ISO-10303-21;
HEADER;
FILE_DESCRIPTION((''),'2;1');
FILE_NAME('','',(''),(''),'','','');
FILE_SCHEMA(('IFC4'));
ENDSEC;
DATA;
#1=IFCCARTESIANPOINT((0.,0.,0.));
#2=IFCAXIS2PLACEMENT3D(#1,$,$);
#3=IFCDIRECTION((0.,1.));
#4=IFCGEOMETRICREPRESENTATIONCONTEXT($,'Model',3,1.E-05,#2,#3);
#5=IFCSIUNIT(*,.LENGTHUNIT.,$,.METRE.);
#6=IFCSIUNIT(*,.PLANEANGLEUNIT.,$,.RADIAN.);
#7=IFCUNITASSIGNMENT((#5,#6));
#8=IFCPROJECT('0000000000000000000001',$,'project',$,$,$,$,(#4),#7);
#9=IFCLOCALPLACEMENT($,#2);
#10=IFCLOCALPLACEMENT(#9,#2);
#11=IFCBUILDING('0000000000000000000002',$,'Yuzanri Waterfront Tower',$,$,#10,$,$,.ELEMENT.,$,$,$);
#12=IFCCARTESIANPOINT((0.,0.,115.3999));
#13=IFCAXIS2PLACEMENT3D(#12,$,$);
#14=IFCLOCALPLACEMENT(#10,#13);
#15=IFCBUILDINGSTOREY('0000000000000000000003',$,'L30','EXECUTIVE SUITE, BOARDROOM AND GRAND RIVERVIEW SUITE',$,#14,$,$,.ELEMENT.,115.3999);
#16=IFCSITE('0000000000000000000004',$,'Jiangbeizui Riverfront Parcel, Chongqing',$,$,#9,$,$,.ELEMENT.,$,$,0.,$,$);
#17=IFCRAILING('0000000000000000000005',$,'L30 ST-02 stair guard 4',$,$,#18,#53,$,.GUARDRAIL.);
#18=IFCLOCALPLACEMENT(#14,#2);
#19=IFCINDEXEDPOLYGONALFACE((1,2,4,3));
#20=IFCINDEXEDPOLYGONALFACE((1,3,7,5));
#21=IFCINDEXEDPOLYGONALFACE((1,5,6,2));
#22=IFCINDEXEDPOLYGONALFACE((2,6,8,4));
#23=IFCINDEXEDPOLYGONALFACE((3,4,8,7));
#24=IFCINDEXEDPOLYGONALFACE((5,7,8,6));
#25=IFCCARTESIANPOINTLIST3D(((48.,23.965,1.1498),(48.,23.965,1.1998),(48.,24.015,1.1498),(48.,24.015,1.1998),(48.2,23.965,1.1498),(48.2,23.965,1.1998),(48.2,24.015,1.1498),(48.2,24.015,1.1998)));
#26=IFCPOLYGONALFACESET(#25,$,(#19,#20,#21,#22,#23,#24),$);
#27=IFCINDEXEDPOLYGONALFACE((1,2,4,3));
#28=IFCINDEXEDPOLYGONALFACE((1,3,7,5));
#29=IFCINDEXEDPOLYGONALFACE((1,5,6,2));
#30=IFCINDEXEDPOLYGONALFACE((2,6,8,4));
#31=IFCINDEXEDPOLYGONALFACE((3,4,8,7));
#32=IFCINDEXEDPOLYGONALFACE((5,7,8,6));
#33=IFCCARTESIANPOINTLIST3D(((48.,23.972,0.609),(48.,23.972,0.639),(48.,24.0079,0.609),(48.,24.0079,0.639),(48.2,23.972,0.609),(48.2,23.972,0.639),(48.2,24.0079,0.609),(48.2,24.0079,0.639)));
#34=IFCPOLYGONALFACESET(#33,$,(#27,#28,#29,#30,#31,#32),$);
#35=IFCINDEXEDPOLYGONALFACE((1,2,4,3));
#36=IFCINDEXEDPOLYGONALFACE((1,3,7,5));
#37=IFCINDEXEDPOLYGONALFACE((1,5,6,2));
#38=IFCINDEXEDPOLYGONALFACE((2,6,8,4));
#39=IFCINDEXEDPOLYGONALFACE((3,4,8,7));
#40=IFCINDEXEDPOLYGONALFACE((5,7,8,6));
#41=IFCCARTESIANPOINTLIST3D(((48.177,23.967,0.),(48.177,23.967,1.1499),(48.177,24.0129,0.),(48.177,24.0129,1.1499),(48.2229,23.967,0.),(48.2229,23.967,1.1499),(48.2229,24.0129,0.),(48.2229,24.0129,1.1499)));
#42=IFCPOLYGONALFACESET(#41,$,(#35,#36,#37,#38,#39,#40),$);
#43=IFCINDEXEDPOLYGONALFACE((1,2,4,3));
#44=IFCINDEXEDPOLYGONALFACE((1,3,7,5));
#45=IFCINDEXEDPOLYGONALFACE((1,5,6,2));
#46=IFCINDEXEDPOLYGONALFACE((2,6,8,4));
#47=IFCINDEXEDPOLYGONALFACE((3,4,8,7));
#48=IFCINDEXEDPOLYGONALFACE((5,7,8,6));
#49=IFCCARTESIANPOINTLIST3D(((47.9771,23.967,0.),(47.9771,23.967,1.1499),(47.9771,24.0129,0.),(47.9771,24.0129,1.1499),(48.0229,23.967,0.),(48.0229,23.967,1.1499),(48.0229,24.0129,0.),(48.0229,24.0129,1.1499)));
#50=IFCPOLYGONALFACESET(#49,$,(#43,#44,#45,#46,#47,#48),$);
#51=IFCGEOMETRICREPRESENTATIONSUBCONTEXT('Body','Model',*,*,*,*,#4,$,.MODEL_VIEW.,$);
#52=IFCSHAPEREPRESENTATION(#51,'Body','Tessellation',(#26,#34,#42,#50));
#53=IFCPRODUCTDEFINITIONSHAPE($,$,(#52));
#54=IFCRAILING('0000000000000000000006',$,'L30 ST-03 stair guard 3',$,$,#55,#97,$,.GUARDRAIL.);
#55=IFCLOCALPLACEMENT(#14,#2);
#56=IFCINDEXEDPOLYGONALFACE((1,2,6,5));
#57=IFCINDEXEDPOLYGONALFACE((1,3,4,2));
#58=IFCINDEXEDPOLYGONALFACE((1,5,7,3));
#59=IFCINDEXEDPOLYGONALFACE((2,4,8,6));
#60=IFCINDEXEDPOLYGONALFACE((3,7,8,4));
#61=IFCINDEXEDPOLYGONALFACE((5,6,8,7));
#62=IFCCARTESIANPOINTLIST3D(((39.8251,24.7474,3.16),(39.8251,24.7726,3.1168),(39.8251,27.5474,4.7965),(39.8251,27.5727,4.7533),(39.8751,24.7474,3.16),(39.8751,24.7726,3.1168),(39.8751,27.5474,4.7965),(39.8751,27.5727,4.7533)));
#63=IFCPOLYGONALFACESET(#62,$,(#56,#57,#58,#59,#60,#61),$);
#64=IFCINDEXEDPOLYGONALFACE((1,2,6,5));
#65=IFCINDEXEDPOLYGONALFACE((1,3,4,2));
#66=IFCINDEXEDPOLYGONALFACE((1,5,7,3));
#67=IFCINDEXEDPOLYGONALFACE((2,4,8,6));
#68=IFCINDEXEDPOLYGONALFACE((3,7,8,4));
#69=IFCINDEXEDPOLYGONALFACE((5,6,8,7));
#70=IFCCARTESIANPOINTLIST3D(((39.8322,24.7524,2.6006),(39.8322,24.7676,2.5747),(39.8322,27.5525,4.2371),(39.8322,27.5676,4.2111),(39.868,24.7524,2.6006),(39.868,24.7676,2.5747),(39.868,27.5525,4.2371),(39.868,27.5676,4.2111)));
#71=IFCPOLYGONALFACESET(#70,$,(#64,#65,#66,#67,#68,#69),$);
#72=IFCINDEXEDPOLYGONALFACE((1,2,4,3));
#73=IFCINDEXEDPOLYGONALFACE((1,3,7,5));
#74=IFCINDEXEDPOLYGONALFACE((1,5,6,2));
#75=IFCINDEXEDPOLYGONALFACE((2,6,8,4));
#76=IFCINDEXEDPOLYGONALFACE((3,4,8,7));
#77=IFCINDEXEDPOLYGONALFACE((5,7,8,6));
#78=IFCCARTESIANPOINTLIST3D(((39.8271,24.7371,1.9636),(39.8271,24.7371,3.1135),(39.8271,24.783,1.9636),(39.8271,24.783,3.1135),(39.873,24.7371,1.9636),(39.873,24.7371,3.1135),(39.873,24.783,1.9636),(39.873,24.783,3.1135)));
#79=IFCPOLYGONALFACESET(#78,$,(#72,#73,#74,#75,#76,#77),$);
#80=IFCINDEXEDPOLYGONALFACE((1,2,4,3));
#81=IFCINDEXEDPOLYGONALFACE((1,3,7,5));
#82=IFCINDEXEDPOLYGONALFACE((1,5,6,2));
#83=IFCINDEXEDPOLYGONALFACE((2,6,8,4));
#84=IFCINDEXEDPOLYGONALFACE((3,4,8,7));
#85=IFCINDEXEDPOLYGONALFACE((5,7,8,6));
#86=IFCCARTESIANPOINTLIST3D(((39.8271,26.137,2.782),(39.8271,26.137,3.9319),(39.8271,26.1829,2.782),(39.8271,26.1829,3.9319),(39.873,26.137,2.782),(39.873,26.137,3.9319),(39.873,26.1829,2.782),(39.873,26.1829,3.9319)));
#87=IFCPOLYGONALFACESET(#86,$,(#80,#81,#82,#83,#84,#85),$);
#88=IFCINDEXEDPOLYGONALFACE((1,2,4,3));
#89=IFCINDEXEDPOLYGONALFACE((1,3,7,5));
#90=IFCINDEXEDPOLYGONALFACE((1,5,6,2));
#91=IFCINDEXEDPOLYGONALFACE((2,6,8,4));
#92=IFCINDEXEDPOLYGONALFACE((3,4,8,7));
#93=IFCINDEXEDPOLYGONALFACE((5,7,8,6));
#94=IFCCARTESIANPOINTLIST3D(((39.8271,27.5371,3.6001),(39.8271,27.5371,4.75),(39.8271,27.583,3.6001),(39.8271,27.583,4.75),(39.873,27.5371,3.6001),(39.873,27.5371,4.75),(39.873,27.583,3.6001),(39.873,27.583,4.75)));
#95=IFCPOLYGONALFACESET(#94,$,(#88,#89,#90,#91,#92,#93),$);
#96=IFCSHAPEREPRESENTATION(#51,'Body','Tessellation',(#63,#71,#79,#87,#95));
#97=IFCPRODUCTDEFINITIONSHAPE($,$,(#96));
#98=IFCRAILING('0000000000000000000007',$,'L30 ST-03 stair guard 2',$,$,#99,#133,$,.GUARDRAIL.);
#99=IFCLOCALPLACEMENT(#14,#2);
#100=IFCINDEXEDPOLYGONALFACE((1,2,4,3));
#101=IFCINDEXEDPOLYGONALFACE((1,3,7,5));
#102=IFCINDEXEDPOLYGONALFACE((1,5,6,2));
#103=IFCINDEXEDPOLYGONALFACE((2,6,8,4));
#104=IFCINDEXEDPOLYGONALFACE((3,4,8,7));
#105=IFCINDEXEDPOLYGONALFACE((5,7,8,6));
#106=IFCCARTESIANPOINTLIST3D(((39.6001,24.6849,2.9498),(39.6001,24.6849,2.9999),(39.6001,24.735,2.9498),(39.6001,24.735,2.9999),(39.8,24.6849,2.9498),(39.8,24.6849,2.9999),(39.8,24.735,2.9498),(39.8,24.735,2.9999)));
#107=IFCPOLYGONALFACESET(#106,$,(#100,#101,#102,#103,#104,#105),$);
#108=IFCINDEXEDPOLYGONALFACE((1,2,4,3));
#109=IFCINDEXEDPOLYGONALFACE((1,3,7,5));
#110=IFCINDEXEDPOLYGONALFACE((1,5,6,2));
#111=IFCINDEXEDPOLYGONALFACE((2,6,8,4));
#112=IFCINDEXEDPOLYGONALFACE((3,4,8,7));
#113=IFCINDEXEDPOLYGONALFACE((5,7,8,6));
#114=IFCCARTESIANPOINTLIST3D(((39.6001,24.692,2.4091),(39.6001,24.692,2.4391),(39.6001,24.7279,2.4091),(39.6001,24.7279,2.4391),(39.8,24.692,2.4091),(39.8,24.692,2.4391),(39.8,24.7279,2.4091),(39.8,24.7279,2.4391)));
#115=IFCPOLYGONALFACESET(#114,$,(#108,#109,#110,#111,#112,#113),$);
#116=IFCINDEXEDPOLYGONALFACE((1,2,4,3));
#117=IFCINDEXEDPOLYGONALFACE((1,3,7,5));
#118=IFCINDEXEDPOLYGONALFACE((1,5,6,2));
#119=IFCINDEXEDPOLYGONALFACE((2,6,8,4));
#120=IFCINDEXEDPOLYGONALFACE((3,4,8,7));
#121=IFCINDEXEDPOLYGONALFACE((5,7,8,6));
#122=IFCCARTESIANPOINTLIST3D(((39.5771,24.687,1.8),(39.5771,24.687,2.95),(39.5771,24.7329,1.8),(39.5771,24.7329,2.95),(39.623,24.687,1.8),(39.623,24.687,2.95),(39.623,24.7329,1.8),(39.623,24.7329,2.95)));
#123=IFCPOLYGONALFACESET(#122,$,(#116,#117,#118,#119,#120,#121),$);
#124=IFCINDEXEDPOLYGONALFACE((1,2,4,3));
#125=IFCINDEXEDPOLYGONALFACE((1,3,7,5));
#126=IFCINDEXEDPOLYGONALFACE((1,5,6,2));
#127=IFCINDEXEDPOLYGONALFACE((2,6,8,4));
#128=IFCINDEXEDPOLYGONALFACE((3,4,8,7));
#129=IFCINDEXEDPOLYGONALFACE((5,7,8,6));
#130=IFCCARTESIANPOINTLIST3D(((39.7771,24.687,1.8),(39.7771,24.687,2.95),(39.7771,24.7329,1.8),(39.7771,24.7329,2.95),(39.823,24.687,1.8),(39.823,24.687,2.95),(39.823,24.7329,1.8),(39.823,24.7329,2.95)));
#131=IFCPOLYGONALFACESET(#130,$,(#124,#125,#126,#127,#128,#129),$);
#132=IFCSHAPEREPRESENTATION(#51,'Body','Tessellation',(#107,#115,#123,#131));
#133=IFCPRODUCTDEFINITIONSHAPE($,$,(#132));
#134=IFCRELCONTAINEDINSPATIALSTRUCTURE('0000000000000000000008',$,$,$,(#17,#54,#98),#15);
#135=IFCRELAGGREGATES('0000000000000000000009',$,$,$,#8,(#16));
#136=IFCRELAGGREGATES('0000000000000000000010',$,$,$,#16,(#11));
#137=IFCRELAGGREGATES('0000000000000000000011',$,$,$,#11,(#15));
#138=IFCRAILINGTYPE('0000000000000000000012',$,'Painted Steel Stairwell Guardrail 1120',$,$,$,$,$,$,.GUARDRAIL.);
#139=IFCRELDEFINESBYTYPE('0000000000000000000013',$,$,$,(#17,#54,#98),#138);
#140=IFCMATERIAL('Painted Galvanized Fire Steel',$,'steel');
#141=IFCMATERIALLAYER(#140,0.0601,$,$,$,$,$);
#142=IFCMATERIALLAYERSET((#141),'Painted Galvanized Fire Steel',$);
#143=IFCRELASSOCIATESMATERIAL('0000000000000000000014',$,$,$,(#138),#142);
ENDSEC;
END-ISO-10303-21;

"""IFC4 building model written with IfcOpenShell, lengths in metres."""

from ifc_helpers import new_model, si_unit, direction, frame, origin, origin_2d, place, context, subcontext, project, spatial, rectangle, extrude, source, transform, mapped, material, layer, layer_set, type_object, element, save


model = new_model("IFC4")

# Units and contexts
model_context = context("Model", 3, precision=1e-05, world=origin(), true_north=direction((0.0, 1.0)))
body_context = subcontext(model_context, "Body", "Model", "MODEL_VIEW")
ifc_project = project(units=[si_unit("LENGTHUNIT", "METRE"), si_unit("PLANEANGLEUNIT", "RADIAN")], contexts=[model_context])

# Site, building, storey
site_placement = place(None, origin())
site = spatial("IfcSite", under=ifc_project, at=site_placement, Name="Jiangbeizui Riverfront Parcel, Chongqing", CompositionType="ELEMENT", RefElevation=0.0)
building_placement = place(site_placement, origin())
building = spatial("IfcBuilding", under=site, at=building_placement, Name="Yuzanri Waterfront Tower", CompositionType="ELEMENT")
storey_placement = place(building_placement, frame((0.0, 0.0, 115.3999)))
storey = spatial("IfcBuildingStorey", under=building, at=storey_placement, Name="L30", Description="EXECUTIVE SUITE, BOARDROOM AND GRAND RIVERVIEW SUITE", CompositionType="ELEMENT", Elevation=115.3999)

# Railings
ifc_material_1 = material(Name="Painted Galvanized Fire Steel", Category="steel")
ifc_layer_1 = layer(ifc_material_1, 0.0601)
ifc_layer_set_1 = layer_set([ifc_layer_1], Name="Painted Galvanized Fire Steel")
railing_type = type_object("IfcRailingType", Name="Painted Steel Stairwell Guardrail 1120", PredefinedType="GUARDRAIL", material=ifc_layer_set_1)
shared_shape_1 = source(origin(), body_context, "Body", "SweptSolid", [
    extrude(rectangle(XDim=0.05, YDim=0.05, at=origin_2d()), frame((0.0, 0.0, 1.1748), z_axis=(-1.0, 0.0, 0.0), x_axis=(0.0, -1.0, 0.0)), (0.0, 0.0, 1.0), 0.2),
    extrude(rectangle(XDim=0.0359, YDim=0.03, at=origin_2d()), frame((0.0, 0.0, 0.624), z_axis=(-1.0, 0.0, 0.0), x_axis=(0.0, -1.0, 0.0)), (0.0, 0.0, 1.0), 0.2),
    extrude(rectangle(XDim=0.0459, YDim=0.0459, at=origin_2d()), origin(), (0.0, 0.0, 1.0), 1.1499),
    extrude(rectangle(XDim=0.0459, YDim=0.0459, at=origin_2d()), frame((-0.2, 0.0, 0.0)), (0.0, 0.0, 1.0), 1.1499),
])
railing_1_placement = place(storey_placement, frame((48.2, 23.99, 0.0)))
element("IfcRailing", 1, at=railing_1_placement, inside=storey, type_object=railing_type, Name="L30 ST-02 stair guard 4", PredefinedType="GUARDRAIL", context=body_context, shape_type="MappedRepresentation", body=[
    mapped(shared_shape_1, transform((0.0, 0.0, 0.0), scale=1.0)),
])
shared_shape_2 = source(origin(), body_context, "Body", "SweptSolid", [
    extrude(rectangle(XDim=0.05, YDim=0.05, at=origin_2d()), frame((0.0, 0.0, 1.1748), z_axis=(0.0, 0.863361, 0.504587), x_axis=(-1.0, 0.0, 0.0)), (0.0, 0.0, 1.0), 3.2432),
    extrude(rectangle(XDim=0.0359, YDim=0.03, at=origin_2d()), frame((0.0, 0.0, 0.624), z_axis=(0.0, 0.863361, 0.504587), x_axis=(-1.0, 0.0, 0.0)), (0.0, 0.0, 1.0), 3.2432),
    extrude(rectangle(XDim=0.0459, YDim=0.0459, at=origin_2d()), origin(), (0.0, 0.0, 1.0), 1.1499),
    extrude(rectangle(XDim=0.0459, YDim=0.0459, at=origin_2d()), frame((0.0, 1.3999, 0.8184)), (0.0, 0.0, 1.0), 1.1499),
    extrude(rectangle(XDim=0.0459, YDim=0.0459, at=origin_2d()), frame((0.0, 2.8, 1.6365)), (0.0, 0.0, 1.0), 1.1499),
])
railing_2_placement = place(storey_placement, frame((39.8501, 24.76, 1.9636)))
element("IfcRailing", 2, at=railing_2_placement, inside=storey, type_object=railing_type, Name="L30 ST-03 stair guard 3", PredefinedType="GUARDRAIL", context=body_context, shape_type="MappedRepresentation", body=[
    mapped(shared_shape_2, transform((0.0, 0.0, 0.0), scale=1.0)),
])
shared_shape_3 = source(origin(), body_context, "Body", "SweptSolid", [
    extrude(rectangle(XDim=0.05, YDim=0.05, at=origin_2d()), frame((0.0, 0.0, 1.1748), z_axis=(1.0, 0.0, 0.0), x_axis=(0.0, 1.0, 0.0)), (0.0, 0.0, 1.0), 0.2),
    extrude(rectangle(XDim=0.0359, YDim=0.03, at=origin_2d()), frame((0.0, 0.0, 0.624), z_axis=(1.0, 0.0, 0.0), x_axis=(0.0, 1.0, 0.0)), (0.0, 0.0, 1.0), 0.2),
    extrude(rectangle(XDim=0.0459, YDim=0.0459, at=origin_2d()), origin(), (0.0, 0.0, 1.0), 1.1499),
    extrude(rectangle(XDim=0.0459, YDim=0.0459, at=origin_2d()), frame((0.2, 0.0, 0.0)), (0.0, 0.0, 1.0), 1.1499),
])
railing_3_placement = place(storey_placement, frame((39.6001, 24.71, 1.8)))
element("IfcRailing", 3, at=railing_3_placement, inside=storey, type_object=railing_type, Name="L30 ST-03 stair guard 2", PredefinedType="GUARDRAIL", context=body_context, shape_type="MappedRepresentation", body=[
    mapped(shared_shape_3, transform((0.0, 0.0, 0.0), scale=1.0)),
])

save(model, "model.ifc")
